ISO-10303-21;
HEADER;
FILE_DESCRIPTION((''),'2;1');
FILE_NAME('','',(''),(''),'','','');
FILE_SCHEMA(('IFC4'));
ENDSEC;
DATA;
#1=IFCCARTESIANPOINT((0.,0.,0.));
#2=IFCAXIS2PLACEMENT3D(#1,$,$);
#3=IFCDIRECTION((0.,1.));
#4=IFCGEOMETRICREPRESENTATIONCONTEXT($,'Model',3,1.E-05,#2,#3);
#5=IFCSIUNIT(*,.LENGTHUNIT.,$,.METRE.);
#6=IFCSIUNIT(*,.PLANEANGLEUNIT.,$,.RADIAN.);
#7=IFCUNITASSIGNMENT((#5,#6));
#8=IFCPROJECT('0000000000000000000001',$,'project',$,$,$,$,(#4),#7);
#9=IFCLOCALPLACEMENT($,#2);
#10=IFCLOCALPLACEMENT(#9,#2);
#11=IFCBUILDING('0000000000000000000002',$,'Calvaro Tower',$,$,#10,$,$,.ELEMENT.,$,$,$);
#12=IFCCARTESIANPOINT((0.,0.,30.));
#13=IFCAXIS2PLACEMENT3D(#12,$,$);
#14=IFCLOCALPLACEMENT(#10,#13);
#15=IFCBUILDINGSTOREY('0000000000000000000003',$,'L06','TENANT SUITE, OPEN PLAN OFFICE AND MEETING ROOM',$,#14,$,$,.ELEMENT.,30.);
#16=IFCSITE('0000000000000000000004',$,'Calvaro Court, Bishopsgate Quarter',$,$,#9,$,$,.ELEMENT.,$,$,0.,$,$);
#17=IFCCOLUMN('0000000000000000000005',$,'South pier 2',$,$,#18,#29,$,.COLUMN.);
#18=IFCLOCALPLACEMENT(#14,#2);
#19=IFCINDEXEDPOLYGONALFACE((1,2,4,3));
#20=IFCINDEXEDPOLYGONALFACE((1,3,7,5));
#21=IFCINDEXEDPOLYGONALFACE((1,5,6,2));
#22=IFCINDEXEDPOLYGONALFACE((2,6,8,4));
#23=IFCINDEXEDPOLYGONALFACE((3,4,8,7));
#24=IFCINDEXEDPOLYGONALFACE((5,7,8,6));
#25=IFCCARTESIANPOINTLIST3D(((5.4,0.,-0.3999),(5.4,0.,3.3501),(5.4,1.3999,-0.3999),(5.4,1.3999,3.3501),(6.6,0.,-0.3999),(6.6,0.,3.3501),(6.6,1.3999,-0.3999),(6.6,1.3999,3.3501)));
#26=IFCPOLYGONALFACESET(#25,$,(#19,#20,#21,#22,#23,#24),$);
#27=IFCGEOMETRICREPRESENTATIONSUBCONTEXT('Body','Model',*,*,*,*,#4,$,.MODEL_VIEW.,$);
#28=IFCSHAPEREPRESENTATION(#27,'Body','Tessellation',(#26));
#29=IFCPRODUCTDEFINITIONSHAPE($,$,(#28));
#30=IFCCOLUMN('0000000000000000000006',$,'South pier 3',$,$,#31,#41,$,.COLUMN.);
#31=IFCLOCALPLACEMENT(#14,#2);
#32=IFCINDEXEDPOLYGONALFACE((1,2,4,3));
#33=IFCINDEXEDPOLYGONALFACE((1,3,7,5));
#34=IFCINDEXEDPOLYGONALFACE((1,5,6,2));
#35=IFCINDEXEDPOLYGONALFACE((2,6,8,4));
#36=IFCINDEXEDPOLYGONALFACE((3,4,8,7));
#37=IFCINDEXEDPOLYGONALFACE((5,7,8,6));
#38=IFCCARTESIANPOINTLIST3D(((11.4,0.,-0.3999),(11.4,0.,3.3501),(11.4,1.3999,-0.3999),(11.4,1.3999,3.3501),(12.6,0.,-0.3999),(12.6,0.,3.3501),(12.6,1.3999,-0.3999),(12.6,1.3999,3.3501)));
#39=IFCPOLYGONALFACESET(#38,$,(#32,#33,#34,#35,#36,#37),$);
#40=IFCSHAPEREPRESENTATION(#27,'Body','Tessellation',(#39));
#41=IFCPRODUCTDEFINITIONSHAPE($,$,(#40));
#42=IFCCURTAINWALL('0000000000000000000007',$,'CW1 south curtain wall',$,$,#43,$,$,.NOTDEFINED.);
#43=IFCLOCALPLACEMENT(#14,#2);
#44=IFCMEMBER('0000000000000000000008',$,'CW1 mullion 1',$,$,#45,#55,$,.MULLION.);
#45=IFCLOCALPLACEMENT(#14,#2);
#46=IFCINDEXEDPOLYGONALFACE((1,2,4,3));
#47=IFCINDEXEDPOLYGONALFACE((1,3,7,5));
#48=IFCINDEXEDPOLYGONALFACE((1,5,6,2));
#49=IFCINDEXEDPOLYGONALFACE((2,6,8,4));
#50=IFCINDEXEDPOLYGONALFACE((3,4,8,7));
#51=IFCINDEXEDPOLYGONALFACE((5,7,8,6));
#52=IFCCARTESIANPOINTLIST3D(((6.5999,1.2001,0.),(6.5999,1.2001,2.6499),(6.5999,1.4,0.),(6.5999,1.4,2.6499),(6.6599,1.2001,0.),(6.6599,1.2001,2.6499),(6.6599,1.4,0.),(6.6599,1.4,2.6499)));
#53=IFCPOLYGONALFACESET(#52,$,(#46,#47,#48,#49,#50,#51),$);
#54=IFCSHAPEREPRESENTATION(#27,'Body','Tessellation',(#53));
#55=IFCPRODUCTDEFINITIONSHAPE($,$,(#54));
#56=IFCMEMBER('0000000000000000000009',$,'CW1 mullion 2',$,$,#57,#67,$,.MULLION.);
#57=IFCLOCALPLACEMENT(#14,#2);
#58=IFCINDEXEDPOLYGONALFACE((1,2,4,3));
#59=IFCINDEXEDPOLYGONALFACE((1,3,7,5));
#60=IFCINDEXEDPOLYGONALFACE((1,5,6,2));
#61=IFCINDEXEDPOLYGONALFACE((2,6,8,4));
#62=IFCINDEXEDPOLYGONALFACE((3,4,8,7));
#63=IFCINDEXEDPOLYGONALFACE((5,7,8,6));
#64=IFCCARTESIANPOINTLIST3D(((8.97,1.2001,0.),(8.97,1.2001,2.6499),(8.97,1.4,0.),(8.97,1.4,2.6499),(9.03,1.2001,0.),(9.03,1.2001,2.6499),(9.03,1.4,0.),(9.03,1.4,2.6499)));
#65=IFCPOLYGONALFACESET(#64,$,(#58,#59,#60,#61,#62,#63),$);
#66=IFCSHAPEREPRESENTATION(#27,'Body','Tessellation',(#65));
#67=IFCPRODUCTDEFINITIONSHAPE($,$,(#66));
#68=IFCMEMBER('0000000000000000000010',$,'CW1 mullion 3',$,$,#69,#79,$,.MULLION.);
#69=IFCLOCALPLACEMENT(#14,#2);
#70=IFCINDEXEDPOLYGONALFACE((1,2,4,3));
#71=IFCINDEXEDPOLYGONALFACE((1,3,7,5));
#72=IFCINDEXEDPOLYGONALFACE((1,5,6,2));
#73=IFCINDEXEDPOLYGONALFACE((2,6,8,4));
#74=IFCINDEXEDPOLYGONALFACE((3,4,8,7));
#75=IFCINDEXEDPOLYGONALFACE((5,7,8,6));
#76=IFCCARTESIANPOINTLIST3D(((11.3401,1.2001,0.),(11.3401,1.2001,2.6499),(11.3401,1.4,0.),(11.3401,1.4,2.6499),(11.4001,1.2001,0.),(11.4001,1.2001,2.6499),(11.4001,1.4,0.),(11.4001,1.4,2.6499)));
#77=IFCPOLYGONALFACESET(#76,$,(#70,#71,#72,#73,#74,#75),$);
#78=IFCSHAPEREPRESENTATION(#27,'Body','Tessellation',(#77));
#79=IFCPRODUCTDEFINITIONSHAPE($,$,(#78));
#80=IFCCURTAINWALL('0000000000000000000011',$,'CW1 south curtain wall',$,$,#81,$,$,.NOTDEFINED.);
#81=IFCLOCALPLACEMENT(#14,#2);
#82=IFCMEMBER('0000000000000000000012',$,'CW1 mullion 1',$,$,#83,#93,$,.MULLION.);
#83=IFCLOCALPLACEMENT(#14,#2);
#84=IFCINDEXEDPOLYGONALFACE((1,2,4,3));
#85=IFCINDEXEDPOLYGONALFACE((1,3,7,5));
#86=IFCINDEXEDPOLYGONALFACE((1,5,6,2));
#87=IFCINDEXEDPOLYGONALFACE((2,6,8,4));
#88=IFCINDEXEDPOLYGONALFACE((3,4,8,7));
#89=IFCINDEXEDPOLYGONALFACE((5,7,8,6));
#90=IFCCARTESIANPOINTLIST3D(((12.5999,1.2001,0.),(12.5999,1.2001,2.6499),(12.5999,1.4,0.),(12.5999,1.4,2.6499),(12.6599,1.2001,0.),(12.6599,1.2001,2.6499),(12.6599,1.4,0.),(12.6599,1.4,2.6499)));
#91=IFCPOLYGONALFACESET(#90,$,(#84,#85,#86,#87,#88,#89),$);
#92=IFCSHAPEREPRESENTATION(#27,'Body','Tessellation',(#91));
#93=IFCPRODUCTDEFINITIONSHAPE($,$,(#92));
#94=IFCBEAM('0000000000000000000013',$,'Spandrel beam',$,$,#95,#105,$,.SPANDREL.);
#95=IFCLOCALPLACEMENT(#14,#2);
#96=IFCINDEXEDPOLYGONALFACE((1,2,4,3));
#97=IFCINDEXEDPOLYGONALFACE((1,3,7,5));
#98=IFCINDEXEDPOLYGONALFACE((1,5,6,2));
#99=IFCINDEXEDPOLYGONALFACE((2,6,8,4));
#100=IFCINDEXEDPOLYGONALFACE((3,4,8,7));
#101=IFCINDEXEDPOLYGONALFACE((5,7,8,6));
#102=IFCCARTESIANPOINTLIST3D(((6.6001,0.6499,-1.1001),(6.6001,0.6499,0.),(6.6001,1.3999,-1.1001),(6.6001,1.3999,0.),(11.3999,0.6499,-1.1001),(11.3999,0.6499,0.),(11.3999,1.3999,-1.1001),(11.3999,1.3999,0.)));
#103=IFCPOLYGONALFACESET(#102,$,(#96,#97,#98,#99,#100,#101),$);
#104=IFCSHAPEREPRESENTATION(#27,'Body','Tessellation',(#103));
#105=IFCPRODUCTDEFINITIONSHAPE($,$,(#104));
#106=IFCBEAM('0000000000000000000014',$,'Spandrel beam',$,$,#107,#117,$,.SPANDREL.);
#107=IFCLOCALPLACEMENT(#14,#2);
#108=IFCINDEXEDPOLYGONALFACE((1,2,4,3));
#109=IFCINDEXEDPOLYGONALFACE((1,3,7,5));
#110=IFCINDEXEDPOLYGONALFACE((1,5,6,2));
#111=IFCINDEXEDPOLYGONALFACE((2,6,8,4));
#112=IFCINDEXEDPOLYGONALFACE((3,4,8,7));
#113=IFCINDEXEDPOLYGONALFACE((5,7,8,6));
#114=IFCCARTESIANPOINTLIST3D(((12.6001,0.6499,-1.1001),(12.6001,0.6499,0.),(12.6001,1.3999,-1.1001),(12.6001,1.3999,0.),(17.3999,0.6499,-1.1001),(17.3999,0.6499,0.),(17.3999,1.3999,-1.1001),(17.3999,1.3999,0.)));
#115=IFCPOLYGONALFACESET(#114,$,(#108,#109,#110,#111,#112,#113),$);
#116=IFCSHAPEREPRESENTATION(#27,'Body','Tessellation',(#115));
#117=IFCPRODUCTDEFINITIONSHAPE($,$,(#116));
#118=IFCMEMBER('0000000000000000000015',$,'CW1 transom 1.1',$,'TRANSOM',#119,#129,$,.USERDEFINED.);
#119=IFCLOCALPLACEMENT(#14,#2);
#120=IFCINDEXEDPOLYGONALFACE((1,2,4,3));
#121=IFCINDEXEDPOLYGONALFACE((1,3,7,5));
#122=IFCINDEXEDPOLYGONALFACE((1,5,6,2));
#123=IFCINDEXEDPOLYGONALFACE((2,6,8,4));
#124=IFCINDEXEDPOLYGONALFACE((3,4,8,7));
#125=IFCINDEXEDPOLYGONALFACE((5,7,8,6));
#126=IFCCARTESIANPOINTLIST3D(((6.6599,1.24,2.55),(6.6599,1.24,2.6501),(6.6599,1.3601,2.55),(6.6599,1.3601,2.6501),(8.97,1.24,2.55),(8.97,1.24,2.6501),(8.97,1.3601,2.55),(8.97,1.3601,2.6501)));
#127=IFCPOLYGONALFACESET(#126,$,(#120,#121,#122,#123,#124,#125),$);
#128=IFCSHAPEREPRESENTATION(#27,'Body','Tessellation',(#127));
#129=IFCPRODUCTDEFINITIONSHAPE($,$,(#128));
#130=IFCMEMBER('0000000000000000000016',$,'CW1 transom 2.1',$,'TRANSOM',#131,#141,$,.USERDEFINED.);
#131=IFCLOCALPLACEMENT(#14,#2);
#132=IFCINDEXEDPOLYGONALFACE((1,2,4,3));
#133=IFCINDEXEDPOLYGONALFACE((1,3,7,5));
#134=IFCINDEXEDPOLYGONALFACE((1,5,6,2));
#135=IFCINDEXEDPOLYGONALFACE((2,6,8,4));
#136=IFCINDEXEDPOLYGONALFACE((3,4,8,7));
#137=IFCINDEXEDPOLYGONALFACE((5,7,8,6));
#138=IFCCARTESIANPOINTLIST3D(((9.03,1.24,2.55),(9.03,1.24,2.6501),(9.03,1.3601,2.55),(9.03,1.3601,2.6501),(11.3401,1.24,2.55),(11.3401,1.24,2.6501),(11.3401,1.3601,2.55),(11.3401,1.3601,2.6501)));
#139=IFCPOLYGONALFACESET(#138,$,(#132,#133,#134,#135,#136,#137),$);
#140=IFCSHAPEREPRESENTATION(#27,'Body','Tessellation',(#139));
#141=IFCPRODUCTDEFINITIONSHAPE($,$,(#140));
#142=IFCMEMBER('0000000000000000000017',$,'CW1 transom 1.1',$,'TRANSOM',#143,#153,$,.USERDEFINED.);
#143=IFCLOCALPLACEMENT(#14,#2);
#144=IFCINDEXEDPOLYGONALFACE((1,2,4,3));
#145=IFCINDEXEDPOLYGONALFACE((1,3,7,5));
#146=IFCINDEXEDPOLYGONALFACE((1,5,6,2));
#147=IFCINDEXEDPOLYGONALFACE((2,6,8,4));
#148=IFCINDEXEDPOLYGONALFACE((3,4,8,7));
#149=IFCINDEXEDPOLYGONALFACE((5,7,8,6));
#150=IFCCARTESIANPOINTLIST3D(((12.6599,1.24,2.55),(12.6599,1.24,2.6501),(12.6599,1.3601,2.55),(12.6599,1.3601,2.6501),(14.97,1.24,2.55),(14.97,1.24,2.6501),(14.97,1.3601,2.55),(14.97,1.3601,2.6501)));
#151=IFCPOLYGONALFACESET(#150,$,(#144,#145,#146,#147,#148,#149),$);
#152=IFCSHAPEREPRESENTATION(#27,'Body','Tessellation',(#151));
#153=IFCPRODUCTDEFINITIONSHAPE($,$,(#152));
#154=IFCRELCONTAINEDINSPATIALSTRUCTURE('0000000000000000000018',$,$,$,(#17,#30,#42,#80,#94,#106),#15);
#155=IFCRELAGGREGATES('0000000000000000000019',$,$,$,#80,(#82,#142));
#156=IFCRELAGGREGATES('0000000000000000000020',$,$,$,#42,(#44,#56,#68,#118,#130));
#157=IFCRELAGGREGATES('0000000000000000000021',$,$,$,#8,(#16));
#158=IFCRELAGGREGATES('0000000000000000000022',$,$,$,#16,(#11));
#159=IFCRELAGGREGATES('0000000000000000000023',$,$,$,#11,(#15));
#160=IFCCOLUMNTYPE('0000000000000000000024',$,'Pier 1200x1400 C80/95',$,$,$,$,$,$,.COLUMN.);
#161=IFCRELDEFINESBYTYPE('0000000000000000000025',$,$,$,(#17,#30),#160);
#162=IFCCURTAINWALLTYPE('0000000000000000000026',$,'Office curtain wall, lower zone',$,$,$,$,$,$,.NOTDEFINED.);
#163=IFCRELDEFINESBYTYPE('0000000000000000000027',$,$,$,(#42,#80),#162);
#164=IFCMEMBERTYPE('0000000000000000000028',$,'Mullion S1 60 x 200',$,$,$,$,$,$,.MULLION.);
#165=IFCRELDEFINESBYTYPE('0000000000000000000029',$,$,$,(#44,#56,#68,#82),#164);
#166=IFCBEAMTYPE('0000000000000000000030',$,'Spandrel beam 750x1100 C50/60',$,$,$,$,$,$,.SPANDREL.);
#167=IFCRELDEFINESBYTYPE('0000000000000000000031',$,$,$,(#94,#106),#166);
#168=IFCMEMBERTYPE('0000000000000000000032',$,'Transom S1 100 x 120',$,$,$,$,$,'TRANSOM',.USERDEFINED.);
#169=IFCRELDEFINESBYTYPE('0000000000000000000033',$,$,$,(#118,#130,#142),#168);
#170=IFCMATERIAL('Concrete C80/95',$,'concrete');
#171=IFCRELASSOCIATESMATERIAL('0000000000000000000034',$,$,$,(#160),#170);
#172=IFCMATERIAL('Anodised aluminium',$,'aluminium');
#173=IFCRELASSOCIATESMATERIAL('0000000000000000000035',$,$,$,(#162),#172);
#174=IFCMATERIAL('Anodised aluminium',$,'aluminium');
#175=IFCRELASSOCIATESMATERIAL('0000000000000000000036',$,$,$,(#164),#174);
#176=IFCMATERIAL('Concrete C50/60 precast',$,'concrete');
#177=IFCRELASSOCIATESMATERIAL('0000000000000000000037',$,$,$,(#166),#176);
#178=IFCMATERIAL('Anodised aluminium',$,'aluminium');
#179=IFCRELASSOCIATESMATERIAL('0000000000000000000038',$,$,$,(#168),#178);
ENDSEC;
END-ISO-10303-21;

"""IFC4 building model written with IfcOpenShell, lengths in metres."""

from ifc_helpers import new_model, si_unit, direction, frame, origin, origin_2d, place, context, subcontext, project, spatial, rectangle, extrude, material, material_profile, profile_set, type_object, element, aggregate, save


model = new_model("IFC4")

# Units and contexts
model_context = context("Model", 3, precision=1e-05, world=origin(), true_north=direction((0.0, 1.0)))
body_context = subcontext(model_context, "Body", "Model", "MODEL_VIEW")
ifc_project = project(units=[si_unit("LENGTHUNIT", "METRE"), si_unit("PLANEANGLEUNIT", "RADIAN")], contexts=[model_context])

# Site, building, storey
site_placement = place(None, origin())
site = spatial("IfcSite", under=ifc_project, at=site_placement, Name="Calvaro Court, Bishopsgate Quarter", CompositionType="ELEMENT", RefElevation=0.0)
building_placement = place(site_placement, origin())
building = spatial("IfcBuilding", under=site, at=building_placement, Name="Calvaro Tower", CompositionType="ELEMENT")
storey_placement = place(building_placement, frame((0.0, 0.0, 30.0)))
storey = spatial("IfcBuildingStorey", under=building, at=storey_placement, Name="L06", Description="TENANT SUITE, OPEN PLAN OFFICE AND MEETING ROOM", CompositionType="ELEMENT", Elevation=30.0)

# Columns
ifc_material_1 = material(Name="Concrete C80/95", Category="concrete")
ifc_material_profile_1 = material_profile(ifc_material_1, rectangle(XDim=1.2, YDim=1.3999, at=origin_2d()), Name="RC 1200x1400")
ifc_profile_set_1 = profile_set([ifc_material_profile_1], Name="Concrete C80/95")
column_type = type_object("IfcColumnType", Name="Pier 1200x1400 C80/95", PredefinedType="COLUMN", material=ifc_profile_set_1)
for number, where, z_axis, x_axis, name in (
    (1, (6.0, 0.7, -0.3999), (0.0, 0.0, 1.0), (1.0, 0.0, 0.0), "South pier 2"),
    (2, (12.0, 0.7, -0.3999), (0.0, 0.0, 1.0), (1.0, 0.0, 0.0), "South pier 3"),
):
    element("IfcColumn", number, at=place(storey_placement, frame(where, z_axis=z_axis, x_axis=x_axis)), inside=storey, type_object=column_type, Name=name, PredefinedType="COLUMN", context=body_context, shape_type="SweptSolid", body=[
        extrude(rectangle(XDim=1.2, YDim=1.3999, at=origin_2d()), origin(), (0.0, 0.0, 1.0), 3.75),
    ])

# Curtain wall, members
ifc_material_2 = material(Name="Anodised aluminium", Category="aluminium")
curtain_wall_type = type_object("IfcCurtainWallType", Name="Office curtain wall, lower zone", PredefinedType="NOTDEFINED", material=ifc_material_2)
curtain_wall_1_placement = place(storey_placement, origin())
curtain_wall_1 = element("IfcCurtainWall", 3, at=curtain_wall_1_placement, inside=storey, type_object=curtain_wall_type, Name="CW1 south curtain wall", PredefinedType="NOTDEFINED")
ifc_material_3 = material(Name="Anodised aluminium", Category="aluminium")
ifc_material_profile_2 = material_profile(ifc_material_3, rectangle(XDim=0.2, YDim=0.0601, at=origin_2d()), Name="Mullion S1 60 x 200")
ifc_profile_set_2 = profile_set([ifc_material_profile_2], Name="Anodised aluminium")
member_type_1 = type_object("IfcMemberType", Name="Mullion S1 60 x 200", PredefinedType="MULLION", material=ifc_profile_set_2)
member_1_placement = place(storey_placement, frame((6.6299, 1.3, 0.0), z_axis=(0.0, 0.0, 1.0), x_axis=(0.0, 1.0, 0.0)))
member_1 = element("IfcMember", 4, at=member_1_placement, type_object=member_type_1, Name="CW1 mullion 1", PredefinedType="MULLION", context=body_context, shape_type="SweptSolid", body=[
    extrude(rectangle(XDim=0.2, YDim=0.0601, at=origin_2d()), origin(), (0.0, 0.0, 1.0), 2.6499),
])
member_2_placement = place(storey_placement, frame((9.0, 1.3, 0.0), z_axis=(0.0, 0.0, 1.0), x_axis=(0.0, 1.0, 0.0)))
member_2 = element("IfcMember", 5, at=member_2_placement, type_object=member_type_1, Name="CW1 mullion 2", PredefinedType="MULLION", context=body_context, shape_type="SweptSolid", body=[
    extrude(rectangle(XDim=0.2, YDim=0.0601, at=origin_2d()), origin(), (0.0, 0.0, 1.0), 2.6499),
])
member_3_placement = place(storey_placement, frame((11.3701, 1.3, 0.0), z_axis=(0.0, 0.0, 1.0), x_axis=(0.0, 1.0, 0.0)))
member_3 = element("IfcMember", 6, at=member_3_placement, type_object=member_type_1, Name="CW1 mullion 3", PredefinedType="MULLION", context=body_context, shape_type="SweptSolid", body=[
    extrude(rectangle(XDim=0.2, YDim=0.0601, at=origin_2d()), origin(), (0.0, 0.0, 1.0), 2.6499),
])

# Curtain wall, member
curtain_wall_2_placement = place(storey_placement, origin())
curtain_wall_2 = element("IfcCurtainWall", 7, at=curtain_wall_2_placement, inside=storey, type_object=curtain_wall_type, Name="CW1 south curtain wall", PredefinedType="NOTDEFINED")
member_4_placement = place(storey_placement, frame((12.6299, 1.3, 0.0), z_axis=(0.0, 0.0, 1.0), x_axis=(0.0, 1.0, 0.0)))
member_4 = element("IfcMember", 8, at=member_4_placement, type_object=member_type_1, Name="CW1 mullion 1", PredefinedType="MULLION", context=body_context, shape_type="SweptSolid", body=[
    extrude(rectangle(XDim=0.2, YDim=0.0601, at=origin_2d()), origin(), (0.0, 0.0, 1.0), 2.6499),
])

# Beams
ifc_material_4 = material(Name="Concrete C50/60 precast", Category="concrete")
ifc_material_profile_3 = material_profile(ifc_material_4, rectangle(XDim=0.75, YDim=1.1001, at=origin_2d()), Name="RC 750x1100")
ifc_profile_set_3 = profile_set([ifc_material_profile_3], Name="Concrete C50/60 precast")
beam_type = type_object("IfcBeamType", Name="Spandrel beam 750x1100 C50/60", PredefinedType="SPANDREL", material=ifc_profile_set_3)
for number, where, z_axis, x_axis, name in (
    (9, (6.6001, 1.0249, -0.55), (1.0, 0.0, 0.0), (0.0, 1.0, 0.0), "Spandrel beam"),
    (10, (12.6001, 1.0249, -0.55), (1.0, 0.0, 0.0), (0.0, 1.0, 0.0), "Spandrel beam"),
):
    element("IfcBeam", number, at=place(storey_placement, frame(where, z_axis=z_axis, x_axis=x_axis)), inside=storey, type_object=beam_type, Name=name, PredefinedType="SPANDREL", context=body_context, shape_type="SweptSolid", body=[
        extrude(rectangle(XDim=0.75, YDim=1.1001, at=origin_2d()), origin(), (0.0, 0.0, 1.0), 4.7998),
    ])

# Members
ifc_material_5 = material(Name="Anodised aluminium", Category="aluminium")
ifc_material_profile_4 = material_profile(ifc_material_5, rectangle(XDim=0.1201, YDim=0.1001, at=origin_2d()), Name="Transom S1 100 x 120")
ifc_profile_set_4 = profile_set([ifc_material_profile_4], Name="Anodised aluminium")
member_type_2 = type_object("IfcMemberType", Name="Transom S1 100 x 120", ElementType="TRANSOM", PredefinedType="USERDEFINED", material=ifc_profile_set_4)
member_5_placement = place(storey_placement, frame((6.6599, 1.3, 2.6001), z_axis=(1.0, 0.0, 0.0), x_axis=(0.0, 1.0, 0.0)))
member_5 = element("IfcMember", 11, at=member_5_placement, type_object=member_type_2, Name="CW1 transom 1.1", ObjectType="TRANSOM", PredefinedType="USERDEFINED", context=body_context, shape_type="SweptSolid", body=[
    extrude(rectangle(XDim=0.1201, YDim=0.1001, at=origin_2d()), origin(), (0.0, 0.0, 1.0), 2.3101),
])
member_6_placement = place(storey_placement, frame((9.03, 1.3, 2.6001), z_axis=(1.0, 0.0, 0.0), x_axis=(0.0, 1.0, 0.0)))
member_6 = element("IfcMember", 12, at=member_6_placement, type_object=member_type_2, Name="CW1 transom 2.1", ObjectType="TRANSOM", PredefinedType="USERDEFINED", context=body_context, shape_type="SweptSolid", body=[
    extrude(rectangle(XDim=0.1201, YDim=0.1001, at=origin_2d()), origin(), (0.0, 0.0, 1.0), 2.3101),
])
member_7_placement = place(storey_placement, frame((12.6599, 1.3, 2.6001), z_axis=(1.0, 0.0, 0.0), x_axis=(0.0, 1.0, 0.0)))
member_7 = element("IfcMember", 13, at=member_7_placement, type_object=member_type_2, Name="CW1 transom 1.1", ObjectType="TRANSOM", PredefinedType="USERDEFINED", context=body_context, shape_type="SweptSolid", body=[
    extrude(rectangle(XDim=0.1201, YDim=0.1001, at=origin_2d()), origin(), (0.0, 0.0, 1.0), 2.3101),
])
aggregate(curtain_wall_2, [member_4, member_7])

aggregate(curtain_wall_1, [member_1, member_2, member_3, member_5, member_6])

save(model, "model.ifc")
